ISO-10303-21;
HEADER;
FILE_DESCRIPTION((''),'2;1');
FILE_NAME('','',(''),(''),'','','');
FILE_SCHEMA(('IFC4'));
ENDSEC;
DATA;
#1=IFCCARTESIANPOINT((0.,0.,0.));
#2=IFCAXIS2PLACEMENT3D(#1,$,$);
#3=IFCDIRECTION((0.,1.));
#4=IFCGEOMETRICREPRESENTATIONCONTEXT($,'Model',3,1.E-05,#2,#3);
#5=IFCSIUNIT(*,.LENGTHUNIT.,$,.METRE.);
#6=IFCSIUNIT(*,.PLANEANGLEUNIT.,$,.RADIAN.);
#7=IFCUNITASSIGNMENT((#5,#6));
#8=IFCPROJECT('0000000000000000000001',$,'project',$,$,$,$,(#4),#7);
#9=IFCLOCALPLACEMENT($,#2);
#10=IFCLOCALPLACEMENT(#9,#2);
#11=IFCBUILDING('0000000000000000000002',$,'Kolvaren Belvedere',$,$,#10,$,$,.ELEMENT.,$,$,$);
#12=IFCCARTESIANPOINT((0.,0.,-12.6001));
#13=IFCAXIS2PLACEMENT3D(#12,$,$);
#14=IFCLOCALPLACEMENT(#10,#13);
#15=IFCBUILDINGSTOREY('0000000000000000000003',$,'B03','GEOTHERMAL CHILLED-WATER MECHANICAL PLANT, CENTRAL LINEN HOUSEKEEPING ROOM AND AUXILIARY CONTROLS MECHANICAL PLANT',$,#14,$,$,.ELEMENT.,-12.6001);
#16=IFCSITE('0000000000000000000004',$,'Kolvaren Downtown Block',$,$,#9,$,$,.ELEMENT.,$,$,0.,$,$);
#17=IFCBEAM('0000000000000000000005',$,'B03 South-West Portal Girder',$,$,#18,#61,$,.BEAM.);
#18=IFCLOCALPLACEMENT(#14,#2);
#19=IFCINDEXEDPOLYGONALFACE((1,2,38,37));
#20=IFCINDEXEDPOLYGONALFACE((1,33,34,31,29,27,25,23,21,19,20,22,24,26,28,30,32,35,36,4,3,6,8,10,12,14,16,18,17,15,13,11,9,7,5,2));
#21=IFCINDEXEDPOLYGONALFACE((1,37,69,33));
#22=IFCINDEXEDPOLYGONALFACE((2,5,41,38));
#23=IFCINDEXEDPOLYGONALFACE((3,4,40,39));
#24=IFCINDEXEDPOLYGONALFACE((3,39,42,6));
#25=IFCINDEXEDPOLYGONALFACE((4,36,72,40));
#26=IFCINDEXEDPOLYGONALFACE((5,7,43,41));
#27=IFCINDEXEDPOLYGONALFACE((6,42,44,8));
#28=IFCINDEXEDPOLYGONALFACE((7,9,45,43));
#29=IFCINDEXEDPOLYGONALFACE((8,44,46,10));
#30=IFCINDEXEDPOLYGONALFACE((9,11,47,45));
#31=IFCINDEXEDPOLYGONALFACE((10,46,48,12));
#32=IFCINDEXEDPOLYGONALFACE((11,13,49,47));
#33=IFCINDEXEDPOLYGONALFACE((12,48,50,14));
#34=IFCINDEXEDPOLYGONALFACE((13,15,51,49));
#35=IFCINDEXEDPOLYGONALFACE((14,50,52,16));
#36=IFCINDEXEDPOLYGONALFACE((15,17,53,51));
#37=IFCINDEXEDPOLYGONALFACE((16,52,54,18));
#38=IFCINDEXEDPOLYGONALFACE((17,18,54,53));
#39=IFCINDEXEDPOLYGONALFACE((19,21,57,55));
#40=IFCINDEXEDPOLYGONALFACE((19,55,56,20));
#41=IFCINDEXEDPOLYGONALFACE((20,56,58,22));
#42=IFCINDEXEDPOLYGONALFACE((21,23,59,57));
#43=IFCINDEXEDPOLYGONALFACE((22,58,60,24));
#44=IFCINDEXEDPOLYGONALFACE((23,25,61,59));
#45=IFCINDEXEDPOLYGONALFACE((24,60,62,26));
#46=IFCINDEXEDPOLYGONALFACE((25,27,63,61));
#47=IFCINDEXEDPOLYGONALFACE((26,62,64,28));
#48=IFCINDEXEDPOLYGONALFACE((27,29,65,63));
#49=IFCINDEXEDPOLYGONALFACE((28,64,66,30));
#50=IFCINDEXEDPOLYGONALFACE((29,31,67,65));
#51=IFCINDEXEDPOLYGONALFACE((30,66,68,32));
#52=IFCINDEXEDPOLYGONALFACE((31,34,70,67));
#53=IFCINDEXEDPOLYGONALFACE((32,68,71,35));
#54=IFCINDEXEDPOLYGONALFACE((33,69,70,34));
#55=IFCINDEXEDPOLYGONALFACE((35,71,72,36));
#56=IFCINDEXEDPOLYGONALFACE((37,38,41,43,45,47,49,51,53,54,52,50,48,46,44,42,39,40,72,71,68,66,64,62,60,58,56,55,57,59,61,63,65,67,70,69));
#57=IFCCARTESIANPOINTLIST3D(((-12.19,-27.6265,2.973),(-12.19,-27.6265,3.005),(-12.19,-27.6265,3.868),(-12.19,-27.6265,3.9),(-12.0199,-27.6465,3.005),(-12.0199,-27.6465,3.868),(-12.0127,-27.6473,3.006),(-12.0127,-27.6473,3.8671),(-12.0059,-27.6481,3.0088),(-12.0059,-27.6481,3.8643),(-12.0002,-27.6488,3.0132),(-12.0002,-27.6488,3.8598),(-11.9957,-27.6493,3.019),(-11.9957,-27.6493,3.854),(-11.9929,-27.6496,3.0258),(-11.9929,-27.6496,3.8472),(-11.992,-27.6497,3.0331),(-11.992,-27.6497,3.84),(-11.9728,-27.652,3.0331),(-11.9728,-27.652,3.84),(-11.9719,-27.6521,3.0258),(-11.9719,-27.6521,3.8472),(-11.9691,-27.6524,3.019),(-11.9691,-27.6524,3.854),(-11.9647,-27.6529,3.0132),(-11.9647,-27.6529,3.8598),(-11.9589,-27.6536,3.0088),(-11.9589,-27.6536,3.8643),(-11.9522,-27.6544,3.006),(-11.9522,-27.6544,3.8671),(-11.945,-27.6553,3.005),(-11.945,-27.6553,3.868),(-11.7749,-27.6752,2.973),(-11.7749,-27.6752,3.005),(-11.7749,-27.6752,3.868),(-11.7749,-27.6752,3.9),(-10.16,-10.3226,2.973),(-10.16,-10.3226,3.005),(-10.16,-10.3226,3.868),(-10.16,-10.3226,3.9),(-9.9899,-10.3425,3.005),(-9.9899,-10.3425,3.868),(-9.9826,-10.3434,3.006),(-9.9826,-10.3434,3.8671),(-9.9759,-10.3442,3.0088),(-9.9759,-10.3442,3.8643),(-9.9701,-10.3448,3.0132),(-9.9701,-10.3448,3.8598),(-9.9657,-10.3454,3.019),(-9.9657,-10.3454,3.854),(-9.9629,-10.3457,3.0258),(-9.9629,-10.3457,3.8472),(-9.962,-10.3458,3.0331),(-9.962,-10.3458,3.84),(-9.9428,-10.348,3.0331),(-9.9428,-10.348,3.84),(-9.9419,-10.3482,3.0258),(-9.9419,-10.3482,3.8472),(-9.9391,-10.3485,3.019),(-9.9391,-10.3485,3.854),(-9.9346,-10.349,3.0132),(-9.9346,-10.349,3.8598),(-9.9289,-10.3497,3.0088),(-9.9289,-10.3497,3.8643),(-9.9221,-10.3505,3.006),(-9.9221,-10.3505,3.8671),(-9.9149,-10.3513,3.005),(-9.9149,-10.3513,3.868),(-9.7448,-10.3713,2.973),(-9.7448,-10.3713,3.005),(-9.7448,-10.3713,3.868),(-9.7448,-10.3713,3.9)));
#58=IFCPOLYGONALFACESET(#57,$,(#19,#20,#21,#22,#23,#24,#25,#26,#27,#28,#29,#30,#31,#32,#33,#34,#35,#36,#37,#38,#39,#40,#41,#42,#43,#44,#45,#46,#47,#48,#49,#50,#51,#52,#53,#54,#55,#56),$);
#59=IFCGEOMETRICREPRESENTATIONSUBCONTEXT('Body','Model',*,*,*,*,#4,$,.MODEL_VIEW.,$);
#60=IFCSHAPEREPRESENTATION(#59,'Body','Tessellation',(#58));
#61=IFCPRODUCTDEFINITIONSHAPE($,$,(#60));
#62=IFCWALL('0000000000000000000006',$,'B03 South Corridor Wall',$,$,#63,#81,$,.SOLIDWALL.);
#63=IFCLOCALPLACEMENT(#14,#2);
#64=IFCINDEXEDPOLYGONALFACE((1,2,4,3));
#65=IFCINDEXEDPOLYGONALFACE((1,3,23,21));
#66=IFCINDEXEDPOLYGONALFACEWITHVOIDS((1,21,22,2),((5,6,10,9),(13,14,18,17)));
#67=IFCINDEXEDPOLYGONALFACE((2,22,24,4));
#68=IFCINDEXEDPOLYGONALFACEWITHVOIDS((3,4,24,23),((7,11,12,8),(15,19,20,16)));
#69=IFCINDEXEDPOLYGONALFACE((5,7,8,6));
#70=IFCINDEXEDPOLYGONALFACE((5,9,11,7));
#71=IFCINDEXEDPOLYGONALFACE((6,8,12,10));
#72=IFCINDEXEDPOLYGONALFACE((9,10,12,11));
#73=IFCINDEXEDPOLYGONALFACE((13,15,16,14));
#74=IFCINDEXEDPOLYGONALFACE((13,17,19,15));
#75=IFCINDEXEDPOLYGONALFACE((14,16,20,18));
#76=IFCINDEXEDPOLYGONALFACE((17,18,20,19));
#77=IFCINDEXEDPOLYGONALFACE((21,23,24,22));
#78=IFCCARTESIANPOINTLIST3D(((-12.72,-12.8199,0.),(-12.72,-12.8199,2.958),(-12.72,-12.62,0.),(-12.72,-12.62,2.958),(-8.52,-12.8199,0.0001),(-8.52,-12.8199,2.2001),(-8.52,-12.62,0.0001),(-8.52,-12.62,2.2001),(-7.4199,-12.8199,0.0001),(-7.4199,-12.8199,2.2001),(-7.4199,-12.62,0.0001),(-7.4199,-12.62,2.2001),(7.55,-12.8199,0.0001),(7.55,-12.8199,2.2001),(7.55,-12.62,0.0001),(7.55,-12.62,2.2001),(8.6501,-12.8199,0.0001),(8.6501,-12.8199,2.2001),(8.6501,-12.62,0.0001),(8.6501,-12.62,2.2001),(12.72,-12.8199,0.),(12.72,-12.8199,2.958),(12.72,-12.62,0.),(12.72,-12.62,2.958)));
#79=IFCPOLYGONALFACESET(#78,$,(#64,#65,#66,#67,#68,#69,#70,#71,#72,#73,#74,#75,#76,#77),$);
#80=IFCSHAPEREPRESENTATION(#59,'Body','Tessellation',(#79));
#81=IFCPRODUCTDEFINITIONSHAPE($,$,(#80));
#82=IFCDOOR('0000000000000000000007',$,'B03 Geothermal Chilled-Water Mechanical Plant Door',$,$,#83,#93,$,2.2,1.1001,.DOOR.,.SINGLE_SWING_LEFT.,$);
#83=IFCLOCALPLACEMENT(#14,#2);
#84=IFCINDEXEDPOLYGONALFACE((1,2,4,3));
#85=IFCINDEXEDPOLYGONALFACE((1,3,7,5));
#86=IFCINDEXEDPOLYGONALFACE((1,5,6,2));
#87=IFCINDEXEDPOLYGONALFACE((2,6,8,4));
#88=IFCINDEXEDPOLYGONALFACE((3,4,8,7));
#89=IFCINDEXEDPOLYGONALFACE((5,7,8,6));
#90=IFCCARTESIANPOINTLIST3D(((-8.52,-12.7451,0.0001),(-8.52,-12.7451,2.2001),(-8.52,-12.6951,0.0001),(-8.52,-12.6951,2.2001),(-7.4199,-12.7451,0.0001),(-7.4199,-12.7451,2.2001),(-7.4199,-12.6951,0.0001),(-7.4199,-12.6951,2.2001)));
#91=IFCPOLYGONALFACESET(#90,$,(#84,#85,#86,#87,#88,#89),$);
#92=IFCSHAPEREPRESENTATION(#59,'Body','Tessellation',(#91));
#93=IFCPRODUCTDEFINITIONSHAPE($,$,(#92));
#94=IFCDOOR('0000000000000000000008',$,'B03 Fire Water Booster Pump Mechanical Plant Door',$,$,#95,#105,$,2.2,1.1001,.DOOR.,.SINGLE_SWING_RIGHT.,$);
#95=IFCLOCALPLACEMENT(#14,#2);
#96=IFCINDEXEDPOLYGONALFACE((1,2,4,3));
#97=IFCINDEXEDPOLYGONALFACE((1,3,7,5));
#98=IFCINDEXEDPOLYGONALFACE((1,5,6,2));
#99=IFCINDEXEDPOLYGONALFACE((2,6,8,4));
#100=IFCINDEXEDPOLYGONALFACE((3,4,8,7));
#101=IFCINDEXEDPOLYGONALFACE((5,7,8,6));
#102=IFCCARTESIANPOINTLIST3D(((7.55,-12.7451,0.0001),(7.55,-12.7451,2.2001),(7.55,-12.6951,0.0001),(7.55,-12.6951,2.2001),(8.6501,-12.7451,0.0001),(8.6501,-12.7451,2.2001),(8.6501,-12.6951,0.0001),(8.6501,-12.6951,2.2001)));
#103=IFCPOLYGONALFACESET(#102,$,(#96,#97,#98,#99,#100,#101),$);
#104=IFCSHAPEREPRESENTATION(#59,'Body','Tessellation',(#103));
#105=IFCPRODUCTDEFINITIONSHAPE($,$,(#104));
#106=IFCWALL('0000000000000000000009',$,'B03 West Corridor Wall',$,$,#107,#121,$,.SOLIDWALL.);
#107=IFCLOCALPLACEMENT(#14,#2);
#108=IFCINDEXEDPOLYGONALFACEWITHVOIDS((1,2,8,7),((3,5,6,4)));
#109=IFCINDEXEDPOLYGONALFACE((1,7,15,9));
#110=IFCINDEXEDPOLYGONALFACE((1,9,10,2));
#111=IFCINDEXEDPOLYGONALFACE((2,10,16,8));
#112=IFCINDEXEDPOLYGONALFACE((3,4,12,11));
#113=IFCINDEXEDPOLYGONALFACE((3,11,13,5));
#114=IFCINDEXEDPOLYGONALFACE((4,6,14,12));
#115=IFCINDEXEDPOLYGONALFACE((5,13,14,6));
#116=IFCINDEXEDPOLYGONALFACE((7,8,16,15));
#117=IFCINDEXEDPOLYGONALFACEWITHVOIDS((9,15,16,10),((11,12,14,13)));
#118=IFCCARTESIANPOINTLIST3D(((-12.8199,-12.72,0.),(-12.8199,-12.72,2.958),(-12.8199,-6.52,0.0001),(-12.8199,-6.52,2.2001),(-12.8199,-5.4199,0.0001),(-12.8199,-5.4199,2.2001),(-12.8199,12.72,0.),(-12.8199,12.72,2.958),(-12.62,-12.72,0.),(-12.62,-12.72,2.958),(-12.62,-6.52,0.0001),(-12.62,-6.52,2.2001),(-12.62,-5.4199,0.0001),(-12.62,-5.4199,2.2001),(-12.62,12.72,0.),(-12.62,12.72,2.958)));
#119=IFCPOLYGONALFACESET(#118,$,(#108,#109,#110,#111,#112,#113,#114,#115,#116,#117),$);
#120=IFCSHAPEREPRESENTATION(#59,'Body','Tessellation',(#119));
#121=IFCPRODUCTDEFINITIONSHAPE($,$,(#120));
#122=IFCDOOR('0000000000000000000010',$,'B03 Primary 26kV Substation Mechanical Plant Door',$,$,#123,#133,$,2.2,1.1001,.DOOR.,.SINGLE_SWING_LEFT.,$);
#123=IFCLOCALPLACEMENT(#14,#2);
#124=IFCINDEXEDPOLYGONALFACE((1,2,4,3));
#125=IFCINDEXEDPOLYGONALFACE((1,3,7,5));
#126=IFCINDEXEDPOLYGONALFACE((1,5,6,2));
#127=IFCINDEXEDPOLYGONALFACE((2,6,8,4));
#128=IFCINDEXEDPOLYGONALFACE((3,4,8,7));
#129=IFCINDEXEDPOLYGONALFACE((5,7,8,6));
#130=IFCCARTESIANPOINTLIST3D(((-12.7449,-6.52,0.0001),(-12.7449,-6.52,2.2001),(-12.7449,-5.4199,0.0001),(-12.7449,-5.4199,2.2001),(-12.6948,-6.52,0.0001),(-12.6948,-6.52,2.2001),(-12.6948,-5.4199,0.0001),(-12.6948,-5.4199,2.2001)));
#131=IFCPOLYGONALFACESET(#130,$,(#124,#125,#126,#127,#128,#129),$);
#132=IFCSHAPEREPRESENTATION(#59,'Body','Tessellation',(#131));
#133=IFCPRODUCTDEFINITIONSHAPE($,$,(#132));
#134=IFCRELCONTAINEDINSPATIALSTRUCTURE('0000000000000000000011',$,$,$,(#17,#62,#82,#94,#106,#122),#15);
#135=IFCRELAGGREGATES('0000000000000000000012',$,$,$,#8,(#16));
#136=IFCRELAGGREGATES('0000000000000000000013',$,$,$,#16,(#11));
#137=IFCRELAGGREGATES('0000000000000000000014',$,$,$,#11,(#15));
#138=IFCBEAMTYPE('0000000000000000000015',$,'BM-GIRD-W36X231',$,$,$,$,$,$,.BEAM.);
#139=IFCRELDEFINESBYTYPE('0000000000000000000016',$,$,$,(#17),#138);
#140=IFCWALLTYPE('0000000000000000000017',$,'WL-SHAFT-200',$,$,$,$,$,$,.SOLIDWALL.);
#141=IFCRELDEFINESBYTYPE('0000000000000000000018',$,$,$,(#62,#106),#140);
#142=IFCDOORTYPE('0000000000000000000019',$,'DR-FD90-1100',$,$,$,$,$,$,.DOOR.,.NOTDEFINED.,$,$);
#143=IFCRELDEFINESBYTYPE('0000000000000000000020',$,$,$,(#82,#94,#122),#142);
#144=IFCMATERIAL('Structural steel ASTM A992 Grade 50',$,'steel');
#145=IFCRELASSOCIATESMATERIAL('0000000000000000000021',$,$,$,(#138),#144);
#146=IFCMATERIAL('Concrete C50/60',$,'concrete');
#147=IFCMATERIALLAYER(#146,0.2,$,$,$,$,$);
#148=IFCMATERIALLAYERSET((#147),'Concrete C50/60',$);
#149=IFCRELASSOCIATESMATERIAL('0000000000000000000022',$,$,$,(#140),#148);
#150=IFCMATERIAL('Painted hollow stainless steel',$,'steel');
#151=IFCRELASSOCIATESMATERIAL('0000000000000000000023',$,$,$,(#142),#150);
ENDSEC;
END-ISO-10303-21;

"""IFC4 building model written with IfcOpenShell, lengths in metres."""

from ifc_helpers import new_model, si_unit, direction, frame, frame_2d, origin, origin_2d, place, context, subcontext, project, spatial, rectangle, i_section, extrude, material, layer, layer_set, material_profile, profile_set, type_object, element, fill, save


model = new_model("IFC4")

# Units and contexts
model_context = context("Model", 3, precision=1e-05, world=origin(), true_north=direction((0.0, 1.0)))
body_context = subcontext(model_context, "Body", "Model", "MODEL_VIEW")
ifc_project = project(units=[si_unit("LENGTHUNIT", "METRE"), si_unit("PLANEANGLEUNIT", "RADIAN")], contexts=[model_context])

# Site, building, storey
site_placement = place(None, origin())
site = spatial("IfcSite", under=ifc_project, at=site_placement, Name="Kolvaren Downtown Block", CompositionType="ELEMENT", RefElevation=0.0)
building_placement = place(site_placement, origin())
building = spatial("IfcBuilding", under=site, at=building_placement, Name="Kolvaren Belvedere", CompositionType="ELEMENT")
storey_placement = place(building_placement, frame((0.0, 0.0, -12.6001)))
storey = spatial("IfcBuildingStorey", under=building, at=storey_placement, Name="B03", Description="GEOTHERMAL CHILLED-WATER MECHANICAL PLANT, CENTRAL LINEN HOUSEKEEPING ROOM AND AUXILIARY CONTROLS MECHANICAL PLANT", CompositionType="ELEMENT", Elevation=-12.6001)

# Beam
ifc_material_1 = material(Name="Structural steel ASTM A992 Grade 50", Category="steel")
ifc_material_profile_1 = material_profile(ifc_material_1, i_section(OverallWidth=0.418, OverallDepth=0.927, WebThickness=0.0193, FlangeThickness=0.032, FilletRadius=0.0281, at=origin_2d()), Name="W36X231")
ifc_profile_set_1 = profile_set([ifc_material_profile_1], Name="Structural steel ASTM A992 Grade 50")
beam_type_1 = type_object("IfcBeamType", Name="BM-GIRD-W36X231", PredefinedType="BEAM", material=ifc_profile_set_1)
beam_1_placement = place(storey_placement, frame((-9.9524, -10.3469, 3.4365), z_axis=(-0.116517, -0.993189, 0.0), x_axis=(0.993189, -0.116517, 0.0)))
element("IfcBeam", 1, at=beam_1_placement, inside=storey, type_object=beam_type_1, Name="B03 South-West Portal Girder", PredefinedType="BEAM", context=body_context, shape_type="SweptSolid", body=[
    extrude(i_section(OverallWidth=0.418, OverallDepth=0.927, WebThickness=0.0193, FlangeThickness=0.032, FilletRadius=0.0281, at=origin_2d()), origin(), (0.0, 0.0, 1.0), 17.4226),
])

# Wall, openings, doors
ifc_material_2 = material(Name="Concrete C50/60", Category="concrete")
ifc_layer = layer(ifc_material_2, 0.2)
ifc_layer_set = layer_set([ifc_layer], Name="Concrete C50/60")
wall_type = type_object("IfcWallType", Name="WL-SHAFT-200", PredefinedType="SOLIDWALL", material=ifc_layer_set)
wall_1_placement = place(storey_placement, frame((-12.72, -12.72, 0.0), z_axis=(0.0, 0.0, 1.0), x_axis=(1.0, 0.0, 0.0)))
wall_1 = element("IfcWall", 2, at=wall_1_placement, inside=storey, type_object=wall_type, Name="B03 South Corridor Wall", PredefinedType="SOLIDWALL", context=body_context, shape_type="SweptSolid", body=[
    extrude(rectangle(XDim=25.4399, YDim=0.2, at=frame_2d((12.72, 0.0))), origin(), (0.0, 0.0, 1.0), 2.958),
])
opening_1_placement = place(wall_1_placement, frame((4.2, 0.0, 0.0)))
opening_1 = element("IfcOpeningElement", 3, at=opening_1_placement, cuts=wall_1, PredefinedType="OPENING", context=body_context, shape_type="SweptSolid", body=[
    extrude(rectangle(XDim=1.1001, YDim=2.2, at=frame_2d((0.55, 1.1001))), frame((0.0, 0.1099, 0.0), z_axis=(0.0, -1.0, 0.0), x_axis=(1.0, 0.0, 0.0)), (0.0, 0.0, 1.0), 0.22),
])
opening_2_placement = place(wall_1_placement, frame((20.27, 0.0, 0.0)))
opening_2 = element("IfcOpeningElement", 4, at=opening_2_placement, cuts=wall_1, PredefinedType="OPENING", context=body_context, shape_type="SweptSolid", body=[
    extrude(rectangle(XDim=1.1001, YDim=2.2, at=frame_2d((0.55, 1.1001))), frame((0.0, 0.1099, 0.0), z_axis=(0.0, -1.0, 0.0), x_axis=(1.0, 0.0, 0.0)), (0.0, 0.0, 1.0), 0.22),
])
ifc_material_3 = material(Name="Painted hollow stainless steel", Category="steel")
door_type = type_object("IfcDoorType", Name="DR-FD90-1100", OperationType="NOTDEFINED", PredefinedType="DOOR", material=ifc_material_3)
door_1_placement = place(opening_1_placement, origin())
door_1 = element("IfcDoor", 5, at=door_1_placement, inside=storey, type_object=door_type, Name="B03 Geothermal Chilled-Water Mechanical Plant Door", OperationType="SINGLE_SWING_LEFT", OverallHeight=2.2, OverallWidth=1.1001, PredefinedType="DOOR", context=body_context, shape_type="SweptSolid", body=[
    extrude(rectangle(XDim=1.1001, YDim=2.2, at=frame_2d((0.55, 1.1001))), frame((0.0, 0.0249, 0.0), z_axis=(0.0, -1.0, 0.0), x_axis=(1.0, 0.0, 0.0)), (0.0, 0.0, 1.0), 0.05),
])
fill(opening_1, door_1)
door_2_placement = place(opening_2_placement, origin())
door_2 = element("IfcDoor", 6, at=door_2_placement, inside=storey, type_object=door_type, Name="B03 Fire Water Booster Pump Mechanical Plant Door", OperationType="SINGLE_SWING_RIGHT", OverallHeight=2.2, OverallWidth=1.1001, PredefinedType="DOOR", context=body_context, shape_type="SweptSolid", body=[
    extrude(rectangle(XDim=1.1001, YDim=2.2, at=frame_2d((0.55, 1.1001))), frame((0.0, 0.0249, 0.0), z_axis=(0.0, -1.0, 0.0), x_axis=(1.0, 0.0, 0.0)), (0.0, 0.0, 1.0), 0.05),
])
fill(opening_2, door_2)

# Wall, opening, door
wall_2_placement = place(storey_placement, frame((-12.72, -12.72, 0.0), z_axis=(0.0, 0.0, 1.0), x_axis=(0.0, 1.0, 0.0)))
wall_2 = element("IfcWall", 7, at=wall_2_placement, inside=storey, type_object=wall_type, Name="B03 West Corridor Wall", PredefinedType="SOLIDWALL", context=body_context, shape_type="SweptSolid", body=[
    extrude(rectangle(XDim=25.4399, YDim=0.2, at=frame_2d((12.72, 0.0))), origin(), (0.0, 0.0, 1.0), 2.958),
])
opening_3_placement = place(wall_2_placement, frame((6.2, 0.0, 0.0)))
opening_3 = element("IfcOpeningElement", 8, at=opening_3_placement, cuts=wall_2, PredefinedType="OPENING", context=body_context, shape_type="SweptSolid", body=[
    extrude(rectangle(XDim=1.1001, YDim=2.2, at=frame_2d((0.55, 1.1001))), frame((0.0, 0.1099, 0.0), z_axis=(0.0, -1.0, 0.0), x_axis=(1.0, 0.0, 0.0)), (0.0, 0.0, 1.0), 0.22),
])
door_3_placement = place(opening_3_placement, origin())
door_3 = element("IfcDoor", 9, at=door_3_placement, inside=storey, type_object=door_type, Name="B03 Primary 26kV Substation Mechanical Plant Door", OperationType="SINGLE_SWING_LEFT", OverallHeight=2.2, OverallWidth=1.1001, PredefinedType="DOOR", context=body_context, shape_type="SweptSolid", body=[
    extrude(rectangle(XDim=1.1001, YDim=2.2, at=frame_2d((0.55, 1.1001))), frame((0.0, 0.0249, 0.0), z_axis=(0.0, -1.0, 0.0), x_axis=(1.0, 0.0, 0.0)), (0.0, 0.0, 1.0), 0.05),
])
fill(opening_3, door_3)

save(model, "model.ifc")
